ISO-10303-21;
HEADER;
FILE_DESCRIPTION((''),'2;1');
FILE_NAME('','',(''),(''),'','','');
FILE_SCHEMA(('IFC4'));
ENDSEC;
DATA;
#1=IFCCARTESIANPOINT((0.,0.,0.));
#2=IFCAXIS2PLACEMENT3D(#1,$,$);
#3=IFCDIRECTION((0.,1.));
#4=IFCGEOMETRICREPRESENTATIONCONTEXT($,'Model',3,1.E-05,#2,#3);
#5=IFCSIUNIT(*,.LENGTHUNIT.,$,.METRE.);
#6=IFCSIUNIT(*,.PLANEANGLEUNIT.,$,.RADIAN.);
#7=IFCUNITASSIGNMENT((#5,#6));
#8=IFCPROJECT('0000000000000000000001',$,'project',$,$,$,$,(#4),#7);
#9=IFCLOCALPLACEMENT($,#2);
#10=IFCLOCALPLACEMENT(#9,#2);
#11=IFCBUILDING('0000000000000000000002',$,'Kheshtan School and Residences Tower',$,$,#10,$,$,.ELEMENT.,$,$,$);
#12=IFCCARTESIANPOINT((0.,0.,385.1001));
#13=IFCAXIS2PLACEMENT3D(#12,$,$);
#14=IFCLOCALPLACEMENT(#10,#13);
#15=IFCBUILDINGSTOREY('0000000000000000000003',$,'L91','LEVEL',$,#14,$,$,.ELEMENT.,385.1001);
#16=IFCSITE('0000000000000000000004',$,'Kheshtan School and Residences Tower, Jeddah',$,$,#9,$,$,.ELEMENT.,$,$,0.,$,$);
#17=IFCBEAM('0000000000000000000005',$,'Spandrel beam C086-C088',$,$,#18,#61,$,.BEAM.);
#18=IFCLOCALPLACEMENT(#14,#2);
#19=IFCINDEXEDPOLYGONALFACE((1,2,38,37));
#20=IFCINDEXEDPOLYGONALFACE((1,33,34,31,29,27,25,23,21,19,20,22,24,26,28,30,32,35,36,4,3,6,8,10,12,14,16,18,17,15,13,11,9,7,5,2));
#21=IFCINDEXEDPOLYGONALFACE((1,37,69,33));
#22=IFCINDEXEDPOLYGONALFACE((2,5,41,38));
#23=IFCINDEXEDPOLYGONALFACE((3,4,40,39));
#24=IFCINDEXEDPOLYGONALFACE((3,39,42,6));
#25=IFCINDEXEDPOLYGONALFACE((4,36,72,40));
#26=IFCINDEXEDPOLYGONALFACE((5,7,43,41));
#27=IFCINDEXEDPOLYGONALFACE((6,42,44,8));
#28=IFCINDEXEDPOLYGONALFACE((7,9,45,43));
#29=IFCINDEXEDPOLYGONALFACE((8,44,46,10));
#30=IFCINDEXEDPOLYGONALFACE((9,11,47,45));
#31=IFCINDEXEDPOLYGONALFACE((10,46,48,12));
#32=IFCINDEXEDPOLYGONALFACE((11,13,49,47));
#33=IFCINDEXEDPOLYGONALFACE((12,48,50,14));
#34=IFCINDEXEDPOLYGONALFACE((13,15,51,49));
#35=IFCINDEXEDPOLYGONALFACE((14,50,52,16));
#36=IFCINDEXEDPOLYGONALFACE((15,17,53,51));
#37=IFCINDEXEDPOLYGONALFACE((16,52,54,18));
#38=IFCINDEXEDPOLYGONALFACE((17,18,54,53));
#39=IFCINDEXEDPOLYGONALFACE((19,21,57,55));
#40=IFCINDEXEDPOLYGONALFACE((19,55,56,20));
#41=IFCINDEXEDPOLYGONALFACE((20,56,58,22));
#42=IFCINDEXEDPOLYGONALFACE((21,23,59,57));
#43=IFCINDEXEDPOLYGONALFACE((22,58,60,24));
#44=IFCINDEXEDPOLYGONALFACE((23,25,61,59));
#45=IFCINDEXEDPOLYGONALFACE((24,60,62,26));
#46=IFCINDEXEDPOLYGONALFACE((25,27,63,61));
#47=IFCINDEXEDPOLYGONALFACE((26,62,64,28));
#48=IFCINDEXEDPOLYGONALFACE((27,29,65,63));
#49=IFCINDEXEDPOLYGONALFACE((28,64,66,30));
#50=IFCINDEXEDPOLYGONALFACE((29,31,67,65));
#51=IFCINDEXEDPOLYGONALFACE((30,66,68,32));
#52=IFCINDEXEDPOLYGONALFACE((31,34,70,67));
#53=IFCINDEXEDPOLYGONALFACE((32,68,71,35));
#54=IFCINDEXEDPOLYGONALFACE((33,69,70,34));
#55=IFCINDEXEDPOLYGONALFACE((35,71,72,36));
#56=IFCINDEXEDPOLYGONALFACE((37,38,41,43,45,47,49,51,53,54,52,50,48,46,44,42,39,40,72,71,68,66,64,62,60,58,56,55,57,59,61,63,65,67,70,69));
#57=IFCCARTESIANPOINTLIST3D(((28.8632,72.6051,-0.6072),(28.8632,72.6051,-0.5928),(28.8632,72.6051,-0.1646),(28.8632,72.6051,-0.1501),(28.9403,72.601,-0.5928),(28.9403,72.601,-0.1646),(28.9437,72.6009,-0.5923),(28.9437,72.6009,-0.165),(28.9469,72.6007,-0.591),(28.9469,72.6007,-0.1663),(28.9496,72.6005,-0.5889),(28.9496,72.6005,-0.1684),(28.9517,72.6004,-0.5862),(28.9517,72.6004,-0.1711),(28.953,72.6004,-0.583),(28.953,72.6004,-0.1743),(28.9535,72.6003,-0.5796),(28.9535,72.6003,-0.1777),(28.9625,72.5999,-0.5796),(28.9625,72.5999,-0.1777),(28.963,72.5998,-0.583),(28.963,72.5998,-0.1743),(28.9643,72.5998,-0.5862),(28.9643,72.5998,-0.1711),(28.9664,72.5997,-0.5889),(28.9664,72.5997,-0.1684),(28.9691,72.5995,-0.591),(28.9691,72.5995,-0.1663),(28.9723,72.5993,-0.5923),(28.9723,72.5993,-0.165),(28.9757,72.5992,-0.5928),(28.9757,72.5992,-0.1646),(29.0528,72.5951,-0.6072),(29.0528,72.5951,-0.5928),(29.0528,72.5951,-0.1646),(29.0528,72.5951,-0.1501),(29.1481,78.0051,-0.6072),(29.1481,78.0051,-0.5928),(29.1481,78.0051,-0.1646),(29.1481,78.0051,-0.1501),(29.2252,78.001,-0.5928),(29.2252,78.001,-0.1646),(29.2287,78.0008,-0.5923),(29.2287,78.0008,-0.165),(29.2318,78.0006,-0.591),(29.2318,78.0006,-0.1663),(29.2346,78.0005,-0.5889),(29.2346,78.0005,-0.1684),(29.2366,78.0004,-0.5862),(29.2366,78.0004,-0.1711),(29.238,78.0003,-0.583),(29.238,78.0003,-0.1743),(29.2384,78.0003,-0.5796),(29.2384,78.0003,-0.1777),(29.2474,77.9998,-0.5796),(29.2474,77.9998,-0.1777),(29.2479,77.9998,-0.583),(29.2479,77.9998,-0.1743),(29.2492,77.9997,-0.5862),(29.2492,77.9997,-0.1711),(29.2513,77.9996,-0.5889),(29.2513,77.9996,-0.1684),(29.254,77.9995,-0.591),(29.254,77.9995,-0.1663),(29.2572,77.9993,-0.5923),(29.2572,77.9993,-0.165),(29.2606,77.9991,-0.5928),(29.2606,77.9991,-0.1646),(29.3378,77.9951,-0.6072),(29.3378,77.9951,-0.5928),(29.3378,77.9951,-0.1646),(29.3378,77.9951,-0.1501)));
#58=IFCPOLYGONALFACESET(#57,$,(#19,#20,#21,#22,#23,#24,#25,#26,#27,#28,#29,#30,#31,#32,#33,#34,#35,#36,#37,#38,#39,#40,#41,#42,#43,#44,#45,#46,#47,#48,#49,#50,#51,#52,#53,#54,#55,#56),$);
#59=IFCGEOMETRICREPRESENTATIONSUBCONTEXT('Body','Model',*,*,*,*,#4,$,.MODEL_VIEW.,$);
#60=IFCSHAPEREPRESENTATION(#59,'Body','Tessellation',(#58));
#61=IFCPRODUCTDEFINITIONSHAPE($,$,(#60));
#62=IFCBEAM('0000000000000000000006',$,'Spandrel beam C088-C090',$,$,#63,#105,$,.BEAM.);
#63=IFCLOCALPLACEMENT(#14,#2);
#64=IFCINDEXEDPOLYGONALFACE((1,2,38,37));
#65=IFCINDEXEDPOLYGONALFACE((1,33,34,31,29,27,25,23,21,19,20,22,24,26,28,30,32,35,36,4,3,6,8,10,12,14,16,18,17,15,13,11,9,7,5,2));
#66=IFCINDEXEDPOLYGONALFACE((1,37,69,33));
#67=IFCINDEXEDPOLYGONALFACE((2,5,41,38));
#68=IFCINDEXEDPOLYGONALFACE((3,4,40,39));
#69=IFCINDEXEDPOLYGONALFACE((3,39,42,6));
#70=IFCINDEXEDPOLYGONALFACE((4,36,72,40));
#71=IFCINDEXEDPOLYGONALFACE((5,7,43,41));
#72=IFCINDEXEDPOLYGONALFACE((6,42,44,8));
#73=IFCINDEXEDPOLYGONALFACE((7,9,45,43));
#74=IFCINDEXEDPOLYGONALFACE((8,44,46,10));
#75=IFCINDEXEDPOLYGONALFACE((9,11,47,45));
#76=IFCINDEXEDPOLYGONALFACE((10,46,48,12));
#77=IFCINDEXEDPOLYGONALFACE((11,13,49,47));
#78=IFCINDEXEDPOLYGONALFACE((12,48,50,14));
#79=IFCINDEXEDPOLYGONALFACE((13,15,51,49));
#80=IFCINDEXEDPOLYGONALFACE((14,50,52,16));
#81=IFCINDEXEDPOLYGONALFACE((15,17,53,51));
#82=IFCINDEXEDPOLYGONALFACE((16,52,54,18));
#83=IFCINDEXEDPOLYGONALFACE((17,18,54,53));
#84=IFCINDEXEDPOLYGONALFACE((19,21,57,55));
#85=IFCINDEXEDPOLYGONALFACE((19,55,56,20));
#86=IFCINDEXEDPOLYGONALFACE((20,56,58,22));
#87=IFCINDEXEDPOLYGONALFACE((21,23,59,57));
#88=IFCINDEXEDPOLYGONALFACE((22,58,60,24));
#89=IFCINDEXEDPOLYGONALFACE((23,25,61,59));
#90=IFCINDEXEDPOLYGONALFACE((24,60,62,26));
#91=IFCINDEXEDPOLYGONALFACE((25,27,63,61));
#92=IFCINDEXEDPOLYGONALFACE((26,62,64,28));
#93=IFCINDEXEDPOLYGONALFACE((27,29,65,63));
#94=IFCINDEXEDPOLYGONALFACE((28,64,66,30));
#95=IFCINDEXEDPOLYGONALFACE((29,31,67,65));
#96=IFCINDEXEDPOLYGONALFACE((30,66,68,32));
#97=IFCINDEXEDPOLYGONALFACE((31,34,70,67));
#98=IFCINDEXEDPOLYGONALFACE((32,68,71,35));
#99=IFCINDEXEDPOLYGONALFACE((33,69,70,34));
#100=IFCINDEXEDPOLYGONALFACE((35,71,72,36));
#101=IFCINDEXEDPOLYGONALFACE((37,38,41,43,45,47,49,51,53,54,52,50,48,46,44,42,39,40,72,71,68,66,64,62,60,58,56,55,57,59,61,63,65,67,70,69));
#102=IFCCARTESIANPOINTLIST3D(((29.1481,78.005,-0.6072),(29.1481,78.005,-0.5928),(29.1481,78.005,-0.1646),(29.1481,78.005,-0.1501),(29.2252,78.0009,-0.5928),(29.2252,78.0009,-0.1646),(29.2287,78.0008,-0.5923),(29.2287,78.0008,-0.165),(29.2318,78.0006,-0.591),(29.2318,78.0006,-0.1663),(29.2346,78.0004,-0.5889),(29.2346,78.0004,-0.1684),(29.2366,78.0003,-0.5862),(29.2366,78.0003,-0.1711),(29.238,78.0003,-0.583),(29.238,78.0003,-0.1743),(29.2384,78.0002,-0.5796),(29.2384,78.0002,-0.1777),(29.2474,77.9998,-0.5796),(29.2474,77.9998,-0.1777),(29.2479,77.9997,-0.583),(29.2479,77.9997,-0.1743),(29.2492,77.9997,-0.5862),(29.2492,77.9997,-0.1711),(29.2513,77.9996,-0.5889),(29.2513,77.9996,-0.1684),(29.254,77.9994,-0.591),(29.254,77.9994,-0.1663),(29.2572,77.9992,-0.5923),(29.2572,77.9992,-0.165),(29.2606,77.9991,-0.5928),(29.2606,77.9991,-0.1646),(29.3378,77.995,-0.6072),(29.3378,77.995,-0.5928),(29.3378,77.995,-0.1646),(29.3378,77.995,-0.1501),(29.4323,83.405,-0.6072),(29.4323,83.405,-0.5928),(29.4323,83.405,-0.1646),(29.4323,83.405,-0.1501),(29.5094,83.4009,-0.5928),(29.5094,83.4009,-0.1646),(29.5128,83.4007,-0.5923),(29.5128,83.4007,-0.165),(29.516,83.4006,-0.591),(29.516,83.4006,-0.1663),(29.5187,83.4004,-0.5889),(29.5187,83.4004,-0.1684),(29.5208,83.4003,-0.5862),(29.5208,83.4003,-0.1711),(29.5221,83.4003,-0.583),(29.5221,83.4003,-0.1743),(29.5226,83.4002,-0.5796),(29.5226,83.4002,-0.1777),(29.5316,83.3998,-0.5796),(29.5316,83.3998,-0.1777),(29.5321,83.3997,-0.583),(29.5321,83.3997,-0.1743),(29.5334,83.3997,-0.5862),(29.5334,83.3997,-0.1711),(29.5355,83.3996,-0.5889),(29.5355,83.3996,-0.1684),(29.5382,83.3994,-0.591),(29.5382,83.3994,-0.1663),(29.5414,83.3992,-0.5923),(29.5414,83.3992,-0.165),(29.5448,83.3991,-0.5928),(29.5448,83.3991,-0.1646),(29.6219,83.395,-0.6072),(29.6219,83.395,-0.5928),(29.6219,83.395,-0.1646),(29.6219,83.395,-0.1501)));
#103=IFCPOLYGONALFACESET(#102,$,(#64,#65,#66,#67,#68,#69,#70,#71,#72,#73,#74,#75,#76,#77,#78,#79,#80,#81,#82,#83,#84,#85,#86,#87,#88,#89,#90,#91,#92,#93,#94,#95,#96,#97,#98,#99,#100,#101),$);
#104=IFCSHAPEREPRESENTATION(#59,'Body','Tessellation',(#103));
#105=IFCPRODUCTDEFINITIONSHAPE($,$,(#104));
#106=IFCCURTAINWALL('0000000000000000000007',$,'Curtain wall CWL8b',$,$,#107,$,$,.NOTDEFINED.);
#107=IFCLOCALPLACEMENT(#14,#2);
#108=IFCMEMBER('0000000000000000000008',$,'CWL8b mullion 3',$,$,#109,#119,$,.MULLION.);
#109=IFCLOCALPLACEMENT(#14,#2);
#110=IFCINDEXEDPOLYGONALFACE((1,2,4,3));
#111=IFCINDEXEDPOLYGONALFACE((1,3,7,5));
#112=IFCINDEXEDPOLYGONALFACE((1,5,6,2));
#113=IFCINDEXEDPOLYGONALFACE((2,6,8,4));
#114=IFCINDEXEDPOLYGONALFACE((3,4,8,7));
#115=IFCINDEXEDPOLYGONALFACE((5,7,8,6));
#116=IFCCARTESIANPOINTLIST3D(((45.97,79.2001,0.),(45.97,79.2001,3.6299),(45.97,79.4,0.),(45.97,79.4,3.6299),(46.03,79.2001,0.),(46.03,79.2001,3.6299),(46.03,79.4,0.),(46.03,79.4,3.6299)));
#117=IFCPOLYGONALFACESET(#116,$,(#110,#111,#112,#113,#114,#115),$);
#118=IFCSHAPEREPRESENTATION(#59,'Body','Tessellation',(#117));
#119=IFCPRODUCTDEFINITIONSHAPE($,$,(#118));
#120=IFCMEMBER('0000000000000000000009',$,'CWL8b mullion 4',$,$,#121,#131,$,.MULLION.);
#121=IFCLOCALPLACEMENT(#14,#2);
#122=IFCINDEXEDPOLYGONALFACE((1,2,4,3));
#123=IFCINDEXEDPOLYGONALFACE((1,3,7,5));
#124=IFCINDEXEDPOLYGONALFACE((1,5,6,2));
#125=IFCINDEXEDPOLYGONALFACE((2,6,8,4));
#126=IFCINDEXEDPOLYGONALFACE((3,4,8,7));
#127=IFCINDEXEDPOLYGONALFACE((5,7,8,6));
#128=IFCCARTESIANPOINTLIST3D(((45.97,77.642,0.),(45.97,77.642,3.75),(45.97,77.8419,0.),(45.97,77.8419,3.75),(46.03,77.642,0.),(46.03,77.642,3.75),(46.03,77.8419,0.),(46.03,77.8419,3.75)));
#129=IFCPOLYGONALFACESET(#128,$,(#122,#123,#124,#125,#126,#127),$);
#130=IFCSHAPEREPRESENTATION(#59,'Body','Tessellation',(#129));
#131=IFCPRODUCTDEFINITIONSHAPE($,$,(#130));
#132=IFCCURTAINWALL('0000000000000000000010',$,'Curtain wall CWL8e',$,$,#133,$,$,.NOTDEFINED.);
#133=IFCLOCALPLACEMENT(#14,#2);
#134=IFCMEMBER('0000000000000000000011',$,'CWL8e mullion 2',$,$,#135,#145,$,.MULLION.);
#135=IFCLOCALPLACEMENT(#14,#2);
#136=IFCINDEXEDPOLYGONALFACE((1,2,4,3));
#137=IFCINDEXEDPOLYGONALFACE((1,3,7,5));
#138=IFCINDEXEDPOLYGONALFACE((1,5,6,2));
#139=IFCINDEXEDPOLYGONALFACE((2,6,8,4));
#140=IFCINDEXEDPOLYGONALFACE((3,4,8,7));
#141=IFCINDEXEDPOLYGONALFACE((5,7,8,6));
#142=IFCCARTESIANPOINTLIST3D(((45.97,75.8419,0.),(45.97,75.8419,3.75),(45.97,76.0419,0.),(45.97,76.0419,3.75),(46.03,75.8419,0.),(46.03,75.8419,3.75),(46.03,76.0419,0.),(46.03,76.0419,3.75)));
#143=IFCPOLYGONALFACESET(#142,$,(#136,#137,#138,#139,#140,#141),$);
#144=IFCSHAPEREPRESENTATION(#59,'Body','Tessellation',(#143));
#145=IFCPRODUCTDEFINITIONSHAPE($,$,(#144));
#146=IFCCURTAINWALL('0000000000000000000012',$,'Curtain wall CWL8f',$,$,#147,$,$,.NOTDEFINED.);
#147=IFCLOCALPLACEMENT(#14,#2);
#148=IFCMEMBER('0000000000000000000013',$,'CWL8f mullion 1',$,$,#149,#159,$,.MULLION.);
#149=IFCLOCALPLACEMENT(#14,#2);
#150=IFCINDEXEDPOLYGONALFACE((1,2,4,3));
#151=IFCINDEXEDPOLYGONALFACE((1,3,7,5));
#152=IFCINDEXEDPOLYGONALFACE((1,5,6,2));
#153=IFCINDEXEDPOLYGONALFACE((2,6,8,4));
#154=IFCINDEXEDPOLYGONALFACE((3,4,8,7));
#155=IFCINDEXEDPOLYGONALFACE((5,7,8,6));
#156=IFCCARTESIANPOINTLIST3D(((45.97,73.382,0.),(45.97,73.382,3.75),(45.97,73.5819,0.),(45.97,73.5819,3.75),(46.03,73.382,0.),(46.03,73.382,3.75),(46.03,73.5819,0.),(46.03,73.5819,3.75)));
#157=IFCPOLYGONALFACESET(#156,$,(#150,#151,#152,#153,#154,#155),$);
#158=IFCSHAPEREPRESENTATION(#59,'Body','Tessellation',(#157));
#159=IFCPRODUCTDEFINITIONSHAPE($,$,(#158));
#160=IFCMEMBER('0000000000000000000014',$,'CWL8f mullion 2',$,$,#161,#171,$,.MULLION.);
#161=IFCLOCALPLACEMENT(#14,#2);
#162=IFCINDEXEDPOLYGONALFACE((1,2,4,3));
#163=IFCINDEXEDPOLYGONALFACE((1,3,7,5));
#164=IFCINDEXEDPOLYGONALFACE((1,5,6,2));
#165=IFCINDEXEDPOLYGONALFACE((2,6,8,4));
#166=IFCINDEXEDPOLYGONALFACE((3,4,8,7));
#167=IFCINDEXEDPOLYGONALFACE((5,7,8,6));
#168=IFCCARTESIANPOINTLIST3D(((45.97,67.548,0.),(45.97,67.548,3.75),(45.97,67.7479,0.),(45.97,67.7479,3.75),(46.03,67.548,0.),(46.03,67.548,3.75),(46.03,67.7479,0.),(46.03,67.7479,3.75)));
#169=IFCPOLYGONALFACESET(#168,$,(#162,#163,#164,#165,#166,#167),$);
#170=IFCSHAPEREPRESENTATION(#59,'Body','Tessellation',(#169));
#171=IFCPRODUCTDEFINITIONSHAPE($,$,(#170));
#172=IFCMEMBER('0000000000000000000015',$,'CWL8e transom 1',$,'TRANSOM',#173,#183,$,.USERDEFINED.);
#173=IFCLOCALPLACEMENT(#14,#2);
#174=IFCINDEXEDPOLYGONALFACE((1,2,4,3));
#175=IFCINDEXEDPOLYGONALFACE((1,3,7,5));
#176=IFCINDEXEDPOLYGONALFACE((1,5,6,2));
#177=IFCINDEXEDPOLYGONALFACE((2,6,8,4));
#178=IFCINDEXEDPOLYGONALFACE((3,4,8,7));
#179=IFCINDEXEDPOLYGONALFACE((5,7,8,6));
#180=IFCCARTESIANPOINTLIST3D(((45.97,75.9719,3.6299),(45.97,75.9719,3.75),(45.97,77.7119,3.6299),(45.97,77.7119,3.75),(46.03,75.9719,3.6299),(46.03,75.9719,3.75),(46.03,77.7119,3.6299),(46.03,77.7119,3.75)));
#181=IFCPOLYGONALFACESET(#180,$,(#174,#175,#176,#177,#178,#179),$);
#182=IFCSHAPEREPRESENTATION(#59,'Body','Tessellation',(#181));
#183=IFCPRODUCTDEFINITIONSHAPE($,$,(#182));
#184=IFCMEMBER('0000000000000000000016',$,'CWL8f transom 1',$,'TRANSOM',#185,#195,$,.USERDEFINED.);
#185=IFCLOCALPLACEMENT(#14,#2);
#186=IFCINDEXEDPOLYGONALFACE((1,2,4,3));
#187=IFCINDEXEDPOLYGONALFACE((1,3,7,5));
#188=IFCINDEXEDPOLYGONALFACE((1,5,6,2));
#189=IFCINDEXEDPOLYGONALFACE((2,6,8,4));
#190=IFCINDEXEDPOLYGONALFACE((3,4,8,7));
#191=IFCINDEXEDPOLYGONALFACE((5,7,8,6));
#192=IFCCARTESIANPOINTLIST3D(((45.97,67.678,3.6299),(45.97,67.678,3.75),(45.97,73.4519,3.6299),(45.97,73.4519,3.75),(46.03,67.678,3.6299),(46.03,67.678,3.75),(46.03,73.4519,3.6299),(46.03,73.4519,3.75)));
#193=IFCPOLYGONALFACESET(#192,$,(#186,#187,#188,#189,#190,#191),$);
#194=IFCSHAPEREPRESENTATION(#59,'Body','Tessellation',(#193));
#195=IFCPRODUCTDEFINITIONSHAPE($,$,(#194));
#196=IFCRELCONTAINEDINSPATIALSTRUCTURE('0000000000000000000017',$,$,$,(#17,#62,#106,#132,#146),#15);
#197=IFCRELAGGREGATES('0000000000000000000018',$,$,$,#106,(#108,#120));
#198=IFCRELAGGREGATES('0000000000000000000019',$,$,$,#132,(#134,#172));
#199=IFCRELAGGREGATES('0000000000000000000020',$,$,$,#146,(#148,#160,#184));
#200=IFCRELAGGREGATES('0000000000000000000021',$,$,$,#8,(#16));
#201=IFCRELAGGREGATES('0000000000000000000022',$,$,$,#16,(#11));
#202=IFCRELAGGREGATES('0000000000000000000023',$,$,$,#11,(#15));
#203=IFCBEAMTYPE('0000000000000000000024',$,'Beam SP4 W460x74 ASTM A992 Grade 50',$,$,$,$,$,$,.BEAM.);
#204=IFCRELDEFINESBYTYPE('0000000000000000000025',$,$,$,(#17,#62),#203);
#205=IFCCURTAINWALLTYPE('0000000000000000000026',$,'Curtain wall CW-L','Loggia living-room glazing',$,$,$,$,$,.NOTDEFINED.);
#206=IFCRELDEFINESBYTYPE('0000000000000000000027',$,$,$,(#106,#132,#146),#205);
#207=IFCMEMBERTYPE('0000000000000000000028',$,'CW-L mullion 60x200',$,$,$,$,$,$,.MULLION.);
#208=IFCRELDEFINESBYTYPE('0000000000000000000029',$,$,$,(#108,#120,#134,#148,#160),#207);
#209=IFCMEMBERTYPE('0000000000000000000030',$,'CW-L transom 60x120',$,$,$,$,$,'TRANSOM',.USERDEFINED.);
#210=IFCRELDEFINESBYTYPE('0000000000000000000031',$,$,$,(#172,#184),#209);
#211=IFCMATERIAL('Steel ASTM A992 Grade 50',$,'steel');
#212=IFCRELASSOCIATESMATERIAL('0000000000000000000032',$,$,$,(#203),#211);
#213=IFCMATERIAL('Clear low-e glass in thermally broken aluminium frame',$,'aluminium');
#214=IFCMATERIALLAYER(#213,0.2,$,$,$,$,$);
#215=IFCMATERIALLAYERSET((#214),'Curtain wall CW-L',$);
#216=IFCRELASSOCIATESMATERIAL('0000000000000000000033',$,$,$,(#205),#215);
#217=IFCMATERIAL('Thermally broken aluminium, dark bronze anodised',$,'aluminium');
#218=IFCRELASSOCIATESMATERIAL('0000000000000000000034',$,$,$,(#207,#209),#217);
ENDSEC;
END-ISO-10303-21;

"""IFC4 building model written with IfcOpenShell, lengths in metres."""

from ifc_helpers import new_model, si_unit, direction, frame, origin, origin_2d, place, context, subcontext, project, spatial, rectangle, i_section, extrude, material, layer, layer_set, material_profile, profile_set, type_object, element, aggregate, save


model = new_model("IFC4")

# Units and contexts
model_context = context("Model", 3, precision=1e-05, world=origin(), true_north=direction((0.0, 1.0)))
body_context = subcontext(model_context, "Body", "Model", "MODEL_VIEW")
ifc_project = project(units=[si_unit("LENGTHUNIT", "METRE"), si_unit("PLANEANGLEUNIT", "RADIAN")], contexts=[model_context])

# Site, building, storey
site_placement = place(None, origin())
site = spatial("IfcSite", under=ifc_project, at=site_placement, Name="Kheshtan School and Residences Tower, Jeddah", CompositionType="ELEMENT", RefElevation=0.0)
building_placement = place(site_placement, origin())
building = spatial("IfcBuilding", under=site, at=building_placement, Name="Kheshtan School and Residences Tower", CompositionType="ELEMENT")
storey_placement = place(building_placement, frame((0.0, 0.0, 385.1001)))
storey = spatial("IfcBuildingStorey", under=building, at=storey_placement, Name="L91", Description="LEVEL", CompositionType="ELEMENT", Elevation=385.1001)

# Shared definitions
ifc_material_1 = material(Name="Steel ASTM A992 Grade 50", Category="steel")

# Beams
ifc_material_profile_1 = material_profile(ifc_material_1, i_section(OverallWidth=0.1899, OverallDepth=0.457, WebThickness=0.009, FlangeThickness=0.0144, FilletRadius=0.0132, at=origin_2d()), Name="W460x74")
ifc_profile_set_1 = profile_set([ifc_material_profile_1], Name="Steel ASTM A992 Grade 50")
beam_type_1 = type_object("IfcBeamType", Name="Beam SP4 W460x74 ASTM A992 Grade 50", PredefinedType="BEAM", material=ifc_profile_set_1)
for number, where, z_axis, x_axis, name in (
    (1, (28.958, 72.6001, -0.3787), (0.052689, 0.998611, 0.0), (-0.998611, 0.052689, 0.0), "Spandrel beam C086-C088"),
    (2, (29.2429, 78.0, -0.3787), (0.052554, 0.998618, 0.0), (-0.998618, 0.052554, 0.0), "Spandrel beam C088-C090"),
):
    element("IfcBeam", number, at=place(storey_placement, frame(where, z_axis=z_axis, x_axis=x_axis)), inside=storey, type_object=beam_type_1, Name=name, PredefinedType="BEAM", context=body_context, shape_type="SweptSolid", body=[
        extrude(i_section(OverallWidth=0.1899, OverallDepth=0.457, WebThickness=0.009, FlangeThickness=0.0144, FilletRadius=0.0132, at=origin_2d()), origin(), (0.0, 0.0, 1.0), 5.4075),
    ])

# Curtain wall, members
ifc_material_2 = material(Name="Clear low-e glass in thermally broken aluminium frame", Category="aluminium")
ifc_layer_1 = layer(ifc_material_2, 0.2)
ifc_layer_set_1 = layer_set([ifc_layer_1], Name="Curtain wall CW-L")
curtain_wall_type = type_object("IfcCurtainWallType", Name="Curtain wall CW-L", Description="Loggia living-room glazing", PredefinedType="NOTDEFINED", material=ifc_layer_set_1)
curtain_wall_1_placement = place(storey_placement, origin())
curtain_wall_1 = element("IfcCurtainWall", 3, at=curtain_wall_1_placement, inside=storey, type_object=curtain_wall_type, Name="Curtain wall CWL8b", PredefinedType="NOTDEFINED")
ifc_material_3 = material(Name="Thermally broken aluminium, dark bronze anodised", Category="aluminium")
ifc_material_profile_2 = material_profile(ifc_material_3, rectangle(XDim=0.0601, YDim=0.2, at=origin_2d()), Name="CW-L mullion 60x200")
ifc_profile_set_2 = profile_set([ifc_material_profile_2], Name="Thermally broken aluminium, dark bronze anodised")
member_type_1 = type_object("IfcMemberType", Name="CW-L mullion 60x200", PredefinedType="MULLION", material=ifc_profile_set_2)
member_1_placement = place(storey_placement, frame((46.0, 79.3, 0.0), z_axis=(0.0, 0.0, 1.0), x_axis=(1.0, 0.0, 0.0)))
member_1 = element("IfcMember", 4, at=member_1_placement, type_object=member_type_1, Name="CWL8b mullion 3", PredefinedType="MULLION", context=body_context, shape_type="SweptSolid", body=[
    extrude(rectangle(XDim=0.0601, YDim=0.2, at=origin_2d()), origin(), (0.0, 0.0, 1.0), 3.6299),
])
member_2_placement = place(storey_placement, frame((46.0, 77.7419, 0.0), z_axis=(0.0, 0.0, 1.0), x_axis=(1.0, 0.0, 0.0)))
member_2 = element("IfcMember", 5, at=member_2_placement, type_object=member_type_1, Name="CWL8b mullion 4", PredefinedType="MULLION", context=body_context, shape_type="SweptSolid", body=[
    extrude(rectangle(XDim=0.0601, YDim=0.2, at=origin_2d()), origin(), (0.0, 0.0, 1.0), 3.75),
])

# Curtain wall, member
curtain_wall_2_placement = place(storey_placement, origin())
curtain_wall_2 = element("IfcCurtainWall", 6, at=curtain_wall_2_placement, inside=storey, type_object=curtain_wall_type, Name="Curtain wall CWL8e", PredefinedType="NOTDEFINED")
member_3_placement = place(storey_placement, frame((46.0, 75.9419, 0.0), z_axis=(0.0, 0.0, 1.0), x_axis=(1.0, 0.0, 0.0)))
member_3 = element("IfcMember", 7, at=member_3_placement, type_object=member_type_1, Name="CWL8e mullion 2", PredefinedType="MULLION", context=body_context, shape_type="SweptSolid", body=[
    extrude(rectangle(XDim=0.0601, YDim=0.2, at=origin_2d()), origin(), (0.0, 0.0, 1.0), 3.75),
])

# Curtain wall, members
curtain_wall_3_placement = place(storey_placement, origin())
curtain_wall_3 = element("IfcCurtainWall", 8, at=curtain_wall_3_placement, inside=storey, type_object=curtain_wall_type, Name="Curtain wall CWL8f", PredefinedType="NOTDEFINED")
member_4_placement = place(storey_placement, frame((46.0, 73.4819, 0.0), z_axis=(0.0, 0.0, 1.0), x_axis=(1.0, 0.0, 0.0)))
member_4 = element("IfcMember", 9, at=member_4_placement, type_object=member_type_1, Name="CWL8f mullion 1", PredefinedType="MULLION", context=body_context, shape_type="SweptSolid", body=[
    extrude(rectangle(XDim=0.0601, YDim=0.2, at=origin_2d()), origin(), (0.0, 0.0, 1.0), 3.75),
])
member_5_placement = place(storey_placement, frame((46.0, 67.6479, 0.0), z_axis=(0.0, 0.0, 1.0), x_axis=(1.0, 0.0, 0.0)))
member_5 = element("IfcMember", 10, at=member_5_placement, type_object=member_type_1, Name="CWL8f mullion 2", PredefinedType="MULLION", context=body_context, shape_type="SweptSolid", body=[
    extrude(rectangle(XDim=0.0601, YDim=0.2, at=origin_2d()), origin(), (0.0, 0.0, 1.0), 3.75),
])

# Members
ifc_material_profile_3 = material_profile(ifc_material_3, rectangle(XDim=0.0601, YDim=0.1201, at=origin_2d()), Name="CW-L transom 60x120")
ifc_profile_set_3 = profile_set([ifc_material_profile_3], Name="Thermally broken aluminium, dark bronze anodised")
member_type_2 = type_object("IfcMemberType", Name="CW-L transom 60x120", ElementType="TRANSOM", PredefinedType="USERDEFINED", material=ifc_profile_set_3)
member_6_placement = place(storey_placement, frame((46.0, 77.7119, 3.6899), z_axis=(0.0, -1.0, 0.0), x_axis=(1.0, 0.0, 0.0)))
member_6 = element("IfcMember", 11, at=member_6_placement, type_object=member_type_2, Name="CWL8e transom 1", ObjectType="TRANSOM", PredefinedType="USERDEFINED", context=body_context, shape_type="SweptSolid", body=[
    extrude(rectangle(XDim=0.0601, YDim=0.1201, at=origin_2d()), origin(), (0.0, 0.0, 1.0), 1.74),
])
member_7_placement = place(storey_placement, frame((46.0, 73.4519, 3.6899), z_axis=(0.0, -1.0, 0.0), x_axis=(1.0, 0.0, 0.0)))
member_7 = element("IfcMember", 12, at=member_7_placement, type_object=member_type_2, Name="CWL8f transom 1", ObjectType="TRANSOM", PredefinedType="USERDEFINED", context=body_context, shape_type="SweptSolid", body=[
    extrude(rectangle(XDim=0.0601, YDim=0.1201, at=origin_2d()), origin(), (0.0, 0.0, 1.0), 5.7739),
])

aggregate(curtain_wall_1, [member_1, member_2])
aggregate(curtain_wall_2, [member_3, member_6])
aggregate(curtain_wall_3, [member_4, member_5, member_7])

save(model, "model.ifc")
